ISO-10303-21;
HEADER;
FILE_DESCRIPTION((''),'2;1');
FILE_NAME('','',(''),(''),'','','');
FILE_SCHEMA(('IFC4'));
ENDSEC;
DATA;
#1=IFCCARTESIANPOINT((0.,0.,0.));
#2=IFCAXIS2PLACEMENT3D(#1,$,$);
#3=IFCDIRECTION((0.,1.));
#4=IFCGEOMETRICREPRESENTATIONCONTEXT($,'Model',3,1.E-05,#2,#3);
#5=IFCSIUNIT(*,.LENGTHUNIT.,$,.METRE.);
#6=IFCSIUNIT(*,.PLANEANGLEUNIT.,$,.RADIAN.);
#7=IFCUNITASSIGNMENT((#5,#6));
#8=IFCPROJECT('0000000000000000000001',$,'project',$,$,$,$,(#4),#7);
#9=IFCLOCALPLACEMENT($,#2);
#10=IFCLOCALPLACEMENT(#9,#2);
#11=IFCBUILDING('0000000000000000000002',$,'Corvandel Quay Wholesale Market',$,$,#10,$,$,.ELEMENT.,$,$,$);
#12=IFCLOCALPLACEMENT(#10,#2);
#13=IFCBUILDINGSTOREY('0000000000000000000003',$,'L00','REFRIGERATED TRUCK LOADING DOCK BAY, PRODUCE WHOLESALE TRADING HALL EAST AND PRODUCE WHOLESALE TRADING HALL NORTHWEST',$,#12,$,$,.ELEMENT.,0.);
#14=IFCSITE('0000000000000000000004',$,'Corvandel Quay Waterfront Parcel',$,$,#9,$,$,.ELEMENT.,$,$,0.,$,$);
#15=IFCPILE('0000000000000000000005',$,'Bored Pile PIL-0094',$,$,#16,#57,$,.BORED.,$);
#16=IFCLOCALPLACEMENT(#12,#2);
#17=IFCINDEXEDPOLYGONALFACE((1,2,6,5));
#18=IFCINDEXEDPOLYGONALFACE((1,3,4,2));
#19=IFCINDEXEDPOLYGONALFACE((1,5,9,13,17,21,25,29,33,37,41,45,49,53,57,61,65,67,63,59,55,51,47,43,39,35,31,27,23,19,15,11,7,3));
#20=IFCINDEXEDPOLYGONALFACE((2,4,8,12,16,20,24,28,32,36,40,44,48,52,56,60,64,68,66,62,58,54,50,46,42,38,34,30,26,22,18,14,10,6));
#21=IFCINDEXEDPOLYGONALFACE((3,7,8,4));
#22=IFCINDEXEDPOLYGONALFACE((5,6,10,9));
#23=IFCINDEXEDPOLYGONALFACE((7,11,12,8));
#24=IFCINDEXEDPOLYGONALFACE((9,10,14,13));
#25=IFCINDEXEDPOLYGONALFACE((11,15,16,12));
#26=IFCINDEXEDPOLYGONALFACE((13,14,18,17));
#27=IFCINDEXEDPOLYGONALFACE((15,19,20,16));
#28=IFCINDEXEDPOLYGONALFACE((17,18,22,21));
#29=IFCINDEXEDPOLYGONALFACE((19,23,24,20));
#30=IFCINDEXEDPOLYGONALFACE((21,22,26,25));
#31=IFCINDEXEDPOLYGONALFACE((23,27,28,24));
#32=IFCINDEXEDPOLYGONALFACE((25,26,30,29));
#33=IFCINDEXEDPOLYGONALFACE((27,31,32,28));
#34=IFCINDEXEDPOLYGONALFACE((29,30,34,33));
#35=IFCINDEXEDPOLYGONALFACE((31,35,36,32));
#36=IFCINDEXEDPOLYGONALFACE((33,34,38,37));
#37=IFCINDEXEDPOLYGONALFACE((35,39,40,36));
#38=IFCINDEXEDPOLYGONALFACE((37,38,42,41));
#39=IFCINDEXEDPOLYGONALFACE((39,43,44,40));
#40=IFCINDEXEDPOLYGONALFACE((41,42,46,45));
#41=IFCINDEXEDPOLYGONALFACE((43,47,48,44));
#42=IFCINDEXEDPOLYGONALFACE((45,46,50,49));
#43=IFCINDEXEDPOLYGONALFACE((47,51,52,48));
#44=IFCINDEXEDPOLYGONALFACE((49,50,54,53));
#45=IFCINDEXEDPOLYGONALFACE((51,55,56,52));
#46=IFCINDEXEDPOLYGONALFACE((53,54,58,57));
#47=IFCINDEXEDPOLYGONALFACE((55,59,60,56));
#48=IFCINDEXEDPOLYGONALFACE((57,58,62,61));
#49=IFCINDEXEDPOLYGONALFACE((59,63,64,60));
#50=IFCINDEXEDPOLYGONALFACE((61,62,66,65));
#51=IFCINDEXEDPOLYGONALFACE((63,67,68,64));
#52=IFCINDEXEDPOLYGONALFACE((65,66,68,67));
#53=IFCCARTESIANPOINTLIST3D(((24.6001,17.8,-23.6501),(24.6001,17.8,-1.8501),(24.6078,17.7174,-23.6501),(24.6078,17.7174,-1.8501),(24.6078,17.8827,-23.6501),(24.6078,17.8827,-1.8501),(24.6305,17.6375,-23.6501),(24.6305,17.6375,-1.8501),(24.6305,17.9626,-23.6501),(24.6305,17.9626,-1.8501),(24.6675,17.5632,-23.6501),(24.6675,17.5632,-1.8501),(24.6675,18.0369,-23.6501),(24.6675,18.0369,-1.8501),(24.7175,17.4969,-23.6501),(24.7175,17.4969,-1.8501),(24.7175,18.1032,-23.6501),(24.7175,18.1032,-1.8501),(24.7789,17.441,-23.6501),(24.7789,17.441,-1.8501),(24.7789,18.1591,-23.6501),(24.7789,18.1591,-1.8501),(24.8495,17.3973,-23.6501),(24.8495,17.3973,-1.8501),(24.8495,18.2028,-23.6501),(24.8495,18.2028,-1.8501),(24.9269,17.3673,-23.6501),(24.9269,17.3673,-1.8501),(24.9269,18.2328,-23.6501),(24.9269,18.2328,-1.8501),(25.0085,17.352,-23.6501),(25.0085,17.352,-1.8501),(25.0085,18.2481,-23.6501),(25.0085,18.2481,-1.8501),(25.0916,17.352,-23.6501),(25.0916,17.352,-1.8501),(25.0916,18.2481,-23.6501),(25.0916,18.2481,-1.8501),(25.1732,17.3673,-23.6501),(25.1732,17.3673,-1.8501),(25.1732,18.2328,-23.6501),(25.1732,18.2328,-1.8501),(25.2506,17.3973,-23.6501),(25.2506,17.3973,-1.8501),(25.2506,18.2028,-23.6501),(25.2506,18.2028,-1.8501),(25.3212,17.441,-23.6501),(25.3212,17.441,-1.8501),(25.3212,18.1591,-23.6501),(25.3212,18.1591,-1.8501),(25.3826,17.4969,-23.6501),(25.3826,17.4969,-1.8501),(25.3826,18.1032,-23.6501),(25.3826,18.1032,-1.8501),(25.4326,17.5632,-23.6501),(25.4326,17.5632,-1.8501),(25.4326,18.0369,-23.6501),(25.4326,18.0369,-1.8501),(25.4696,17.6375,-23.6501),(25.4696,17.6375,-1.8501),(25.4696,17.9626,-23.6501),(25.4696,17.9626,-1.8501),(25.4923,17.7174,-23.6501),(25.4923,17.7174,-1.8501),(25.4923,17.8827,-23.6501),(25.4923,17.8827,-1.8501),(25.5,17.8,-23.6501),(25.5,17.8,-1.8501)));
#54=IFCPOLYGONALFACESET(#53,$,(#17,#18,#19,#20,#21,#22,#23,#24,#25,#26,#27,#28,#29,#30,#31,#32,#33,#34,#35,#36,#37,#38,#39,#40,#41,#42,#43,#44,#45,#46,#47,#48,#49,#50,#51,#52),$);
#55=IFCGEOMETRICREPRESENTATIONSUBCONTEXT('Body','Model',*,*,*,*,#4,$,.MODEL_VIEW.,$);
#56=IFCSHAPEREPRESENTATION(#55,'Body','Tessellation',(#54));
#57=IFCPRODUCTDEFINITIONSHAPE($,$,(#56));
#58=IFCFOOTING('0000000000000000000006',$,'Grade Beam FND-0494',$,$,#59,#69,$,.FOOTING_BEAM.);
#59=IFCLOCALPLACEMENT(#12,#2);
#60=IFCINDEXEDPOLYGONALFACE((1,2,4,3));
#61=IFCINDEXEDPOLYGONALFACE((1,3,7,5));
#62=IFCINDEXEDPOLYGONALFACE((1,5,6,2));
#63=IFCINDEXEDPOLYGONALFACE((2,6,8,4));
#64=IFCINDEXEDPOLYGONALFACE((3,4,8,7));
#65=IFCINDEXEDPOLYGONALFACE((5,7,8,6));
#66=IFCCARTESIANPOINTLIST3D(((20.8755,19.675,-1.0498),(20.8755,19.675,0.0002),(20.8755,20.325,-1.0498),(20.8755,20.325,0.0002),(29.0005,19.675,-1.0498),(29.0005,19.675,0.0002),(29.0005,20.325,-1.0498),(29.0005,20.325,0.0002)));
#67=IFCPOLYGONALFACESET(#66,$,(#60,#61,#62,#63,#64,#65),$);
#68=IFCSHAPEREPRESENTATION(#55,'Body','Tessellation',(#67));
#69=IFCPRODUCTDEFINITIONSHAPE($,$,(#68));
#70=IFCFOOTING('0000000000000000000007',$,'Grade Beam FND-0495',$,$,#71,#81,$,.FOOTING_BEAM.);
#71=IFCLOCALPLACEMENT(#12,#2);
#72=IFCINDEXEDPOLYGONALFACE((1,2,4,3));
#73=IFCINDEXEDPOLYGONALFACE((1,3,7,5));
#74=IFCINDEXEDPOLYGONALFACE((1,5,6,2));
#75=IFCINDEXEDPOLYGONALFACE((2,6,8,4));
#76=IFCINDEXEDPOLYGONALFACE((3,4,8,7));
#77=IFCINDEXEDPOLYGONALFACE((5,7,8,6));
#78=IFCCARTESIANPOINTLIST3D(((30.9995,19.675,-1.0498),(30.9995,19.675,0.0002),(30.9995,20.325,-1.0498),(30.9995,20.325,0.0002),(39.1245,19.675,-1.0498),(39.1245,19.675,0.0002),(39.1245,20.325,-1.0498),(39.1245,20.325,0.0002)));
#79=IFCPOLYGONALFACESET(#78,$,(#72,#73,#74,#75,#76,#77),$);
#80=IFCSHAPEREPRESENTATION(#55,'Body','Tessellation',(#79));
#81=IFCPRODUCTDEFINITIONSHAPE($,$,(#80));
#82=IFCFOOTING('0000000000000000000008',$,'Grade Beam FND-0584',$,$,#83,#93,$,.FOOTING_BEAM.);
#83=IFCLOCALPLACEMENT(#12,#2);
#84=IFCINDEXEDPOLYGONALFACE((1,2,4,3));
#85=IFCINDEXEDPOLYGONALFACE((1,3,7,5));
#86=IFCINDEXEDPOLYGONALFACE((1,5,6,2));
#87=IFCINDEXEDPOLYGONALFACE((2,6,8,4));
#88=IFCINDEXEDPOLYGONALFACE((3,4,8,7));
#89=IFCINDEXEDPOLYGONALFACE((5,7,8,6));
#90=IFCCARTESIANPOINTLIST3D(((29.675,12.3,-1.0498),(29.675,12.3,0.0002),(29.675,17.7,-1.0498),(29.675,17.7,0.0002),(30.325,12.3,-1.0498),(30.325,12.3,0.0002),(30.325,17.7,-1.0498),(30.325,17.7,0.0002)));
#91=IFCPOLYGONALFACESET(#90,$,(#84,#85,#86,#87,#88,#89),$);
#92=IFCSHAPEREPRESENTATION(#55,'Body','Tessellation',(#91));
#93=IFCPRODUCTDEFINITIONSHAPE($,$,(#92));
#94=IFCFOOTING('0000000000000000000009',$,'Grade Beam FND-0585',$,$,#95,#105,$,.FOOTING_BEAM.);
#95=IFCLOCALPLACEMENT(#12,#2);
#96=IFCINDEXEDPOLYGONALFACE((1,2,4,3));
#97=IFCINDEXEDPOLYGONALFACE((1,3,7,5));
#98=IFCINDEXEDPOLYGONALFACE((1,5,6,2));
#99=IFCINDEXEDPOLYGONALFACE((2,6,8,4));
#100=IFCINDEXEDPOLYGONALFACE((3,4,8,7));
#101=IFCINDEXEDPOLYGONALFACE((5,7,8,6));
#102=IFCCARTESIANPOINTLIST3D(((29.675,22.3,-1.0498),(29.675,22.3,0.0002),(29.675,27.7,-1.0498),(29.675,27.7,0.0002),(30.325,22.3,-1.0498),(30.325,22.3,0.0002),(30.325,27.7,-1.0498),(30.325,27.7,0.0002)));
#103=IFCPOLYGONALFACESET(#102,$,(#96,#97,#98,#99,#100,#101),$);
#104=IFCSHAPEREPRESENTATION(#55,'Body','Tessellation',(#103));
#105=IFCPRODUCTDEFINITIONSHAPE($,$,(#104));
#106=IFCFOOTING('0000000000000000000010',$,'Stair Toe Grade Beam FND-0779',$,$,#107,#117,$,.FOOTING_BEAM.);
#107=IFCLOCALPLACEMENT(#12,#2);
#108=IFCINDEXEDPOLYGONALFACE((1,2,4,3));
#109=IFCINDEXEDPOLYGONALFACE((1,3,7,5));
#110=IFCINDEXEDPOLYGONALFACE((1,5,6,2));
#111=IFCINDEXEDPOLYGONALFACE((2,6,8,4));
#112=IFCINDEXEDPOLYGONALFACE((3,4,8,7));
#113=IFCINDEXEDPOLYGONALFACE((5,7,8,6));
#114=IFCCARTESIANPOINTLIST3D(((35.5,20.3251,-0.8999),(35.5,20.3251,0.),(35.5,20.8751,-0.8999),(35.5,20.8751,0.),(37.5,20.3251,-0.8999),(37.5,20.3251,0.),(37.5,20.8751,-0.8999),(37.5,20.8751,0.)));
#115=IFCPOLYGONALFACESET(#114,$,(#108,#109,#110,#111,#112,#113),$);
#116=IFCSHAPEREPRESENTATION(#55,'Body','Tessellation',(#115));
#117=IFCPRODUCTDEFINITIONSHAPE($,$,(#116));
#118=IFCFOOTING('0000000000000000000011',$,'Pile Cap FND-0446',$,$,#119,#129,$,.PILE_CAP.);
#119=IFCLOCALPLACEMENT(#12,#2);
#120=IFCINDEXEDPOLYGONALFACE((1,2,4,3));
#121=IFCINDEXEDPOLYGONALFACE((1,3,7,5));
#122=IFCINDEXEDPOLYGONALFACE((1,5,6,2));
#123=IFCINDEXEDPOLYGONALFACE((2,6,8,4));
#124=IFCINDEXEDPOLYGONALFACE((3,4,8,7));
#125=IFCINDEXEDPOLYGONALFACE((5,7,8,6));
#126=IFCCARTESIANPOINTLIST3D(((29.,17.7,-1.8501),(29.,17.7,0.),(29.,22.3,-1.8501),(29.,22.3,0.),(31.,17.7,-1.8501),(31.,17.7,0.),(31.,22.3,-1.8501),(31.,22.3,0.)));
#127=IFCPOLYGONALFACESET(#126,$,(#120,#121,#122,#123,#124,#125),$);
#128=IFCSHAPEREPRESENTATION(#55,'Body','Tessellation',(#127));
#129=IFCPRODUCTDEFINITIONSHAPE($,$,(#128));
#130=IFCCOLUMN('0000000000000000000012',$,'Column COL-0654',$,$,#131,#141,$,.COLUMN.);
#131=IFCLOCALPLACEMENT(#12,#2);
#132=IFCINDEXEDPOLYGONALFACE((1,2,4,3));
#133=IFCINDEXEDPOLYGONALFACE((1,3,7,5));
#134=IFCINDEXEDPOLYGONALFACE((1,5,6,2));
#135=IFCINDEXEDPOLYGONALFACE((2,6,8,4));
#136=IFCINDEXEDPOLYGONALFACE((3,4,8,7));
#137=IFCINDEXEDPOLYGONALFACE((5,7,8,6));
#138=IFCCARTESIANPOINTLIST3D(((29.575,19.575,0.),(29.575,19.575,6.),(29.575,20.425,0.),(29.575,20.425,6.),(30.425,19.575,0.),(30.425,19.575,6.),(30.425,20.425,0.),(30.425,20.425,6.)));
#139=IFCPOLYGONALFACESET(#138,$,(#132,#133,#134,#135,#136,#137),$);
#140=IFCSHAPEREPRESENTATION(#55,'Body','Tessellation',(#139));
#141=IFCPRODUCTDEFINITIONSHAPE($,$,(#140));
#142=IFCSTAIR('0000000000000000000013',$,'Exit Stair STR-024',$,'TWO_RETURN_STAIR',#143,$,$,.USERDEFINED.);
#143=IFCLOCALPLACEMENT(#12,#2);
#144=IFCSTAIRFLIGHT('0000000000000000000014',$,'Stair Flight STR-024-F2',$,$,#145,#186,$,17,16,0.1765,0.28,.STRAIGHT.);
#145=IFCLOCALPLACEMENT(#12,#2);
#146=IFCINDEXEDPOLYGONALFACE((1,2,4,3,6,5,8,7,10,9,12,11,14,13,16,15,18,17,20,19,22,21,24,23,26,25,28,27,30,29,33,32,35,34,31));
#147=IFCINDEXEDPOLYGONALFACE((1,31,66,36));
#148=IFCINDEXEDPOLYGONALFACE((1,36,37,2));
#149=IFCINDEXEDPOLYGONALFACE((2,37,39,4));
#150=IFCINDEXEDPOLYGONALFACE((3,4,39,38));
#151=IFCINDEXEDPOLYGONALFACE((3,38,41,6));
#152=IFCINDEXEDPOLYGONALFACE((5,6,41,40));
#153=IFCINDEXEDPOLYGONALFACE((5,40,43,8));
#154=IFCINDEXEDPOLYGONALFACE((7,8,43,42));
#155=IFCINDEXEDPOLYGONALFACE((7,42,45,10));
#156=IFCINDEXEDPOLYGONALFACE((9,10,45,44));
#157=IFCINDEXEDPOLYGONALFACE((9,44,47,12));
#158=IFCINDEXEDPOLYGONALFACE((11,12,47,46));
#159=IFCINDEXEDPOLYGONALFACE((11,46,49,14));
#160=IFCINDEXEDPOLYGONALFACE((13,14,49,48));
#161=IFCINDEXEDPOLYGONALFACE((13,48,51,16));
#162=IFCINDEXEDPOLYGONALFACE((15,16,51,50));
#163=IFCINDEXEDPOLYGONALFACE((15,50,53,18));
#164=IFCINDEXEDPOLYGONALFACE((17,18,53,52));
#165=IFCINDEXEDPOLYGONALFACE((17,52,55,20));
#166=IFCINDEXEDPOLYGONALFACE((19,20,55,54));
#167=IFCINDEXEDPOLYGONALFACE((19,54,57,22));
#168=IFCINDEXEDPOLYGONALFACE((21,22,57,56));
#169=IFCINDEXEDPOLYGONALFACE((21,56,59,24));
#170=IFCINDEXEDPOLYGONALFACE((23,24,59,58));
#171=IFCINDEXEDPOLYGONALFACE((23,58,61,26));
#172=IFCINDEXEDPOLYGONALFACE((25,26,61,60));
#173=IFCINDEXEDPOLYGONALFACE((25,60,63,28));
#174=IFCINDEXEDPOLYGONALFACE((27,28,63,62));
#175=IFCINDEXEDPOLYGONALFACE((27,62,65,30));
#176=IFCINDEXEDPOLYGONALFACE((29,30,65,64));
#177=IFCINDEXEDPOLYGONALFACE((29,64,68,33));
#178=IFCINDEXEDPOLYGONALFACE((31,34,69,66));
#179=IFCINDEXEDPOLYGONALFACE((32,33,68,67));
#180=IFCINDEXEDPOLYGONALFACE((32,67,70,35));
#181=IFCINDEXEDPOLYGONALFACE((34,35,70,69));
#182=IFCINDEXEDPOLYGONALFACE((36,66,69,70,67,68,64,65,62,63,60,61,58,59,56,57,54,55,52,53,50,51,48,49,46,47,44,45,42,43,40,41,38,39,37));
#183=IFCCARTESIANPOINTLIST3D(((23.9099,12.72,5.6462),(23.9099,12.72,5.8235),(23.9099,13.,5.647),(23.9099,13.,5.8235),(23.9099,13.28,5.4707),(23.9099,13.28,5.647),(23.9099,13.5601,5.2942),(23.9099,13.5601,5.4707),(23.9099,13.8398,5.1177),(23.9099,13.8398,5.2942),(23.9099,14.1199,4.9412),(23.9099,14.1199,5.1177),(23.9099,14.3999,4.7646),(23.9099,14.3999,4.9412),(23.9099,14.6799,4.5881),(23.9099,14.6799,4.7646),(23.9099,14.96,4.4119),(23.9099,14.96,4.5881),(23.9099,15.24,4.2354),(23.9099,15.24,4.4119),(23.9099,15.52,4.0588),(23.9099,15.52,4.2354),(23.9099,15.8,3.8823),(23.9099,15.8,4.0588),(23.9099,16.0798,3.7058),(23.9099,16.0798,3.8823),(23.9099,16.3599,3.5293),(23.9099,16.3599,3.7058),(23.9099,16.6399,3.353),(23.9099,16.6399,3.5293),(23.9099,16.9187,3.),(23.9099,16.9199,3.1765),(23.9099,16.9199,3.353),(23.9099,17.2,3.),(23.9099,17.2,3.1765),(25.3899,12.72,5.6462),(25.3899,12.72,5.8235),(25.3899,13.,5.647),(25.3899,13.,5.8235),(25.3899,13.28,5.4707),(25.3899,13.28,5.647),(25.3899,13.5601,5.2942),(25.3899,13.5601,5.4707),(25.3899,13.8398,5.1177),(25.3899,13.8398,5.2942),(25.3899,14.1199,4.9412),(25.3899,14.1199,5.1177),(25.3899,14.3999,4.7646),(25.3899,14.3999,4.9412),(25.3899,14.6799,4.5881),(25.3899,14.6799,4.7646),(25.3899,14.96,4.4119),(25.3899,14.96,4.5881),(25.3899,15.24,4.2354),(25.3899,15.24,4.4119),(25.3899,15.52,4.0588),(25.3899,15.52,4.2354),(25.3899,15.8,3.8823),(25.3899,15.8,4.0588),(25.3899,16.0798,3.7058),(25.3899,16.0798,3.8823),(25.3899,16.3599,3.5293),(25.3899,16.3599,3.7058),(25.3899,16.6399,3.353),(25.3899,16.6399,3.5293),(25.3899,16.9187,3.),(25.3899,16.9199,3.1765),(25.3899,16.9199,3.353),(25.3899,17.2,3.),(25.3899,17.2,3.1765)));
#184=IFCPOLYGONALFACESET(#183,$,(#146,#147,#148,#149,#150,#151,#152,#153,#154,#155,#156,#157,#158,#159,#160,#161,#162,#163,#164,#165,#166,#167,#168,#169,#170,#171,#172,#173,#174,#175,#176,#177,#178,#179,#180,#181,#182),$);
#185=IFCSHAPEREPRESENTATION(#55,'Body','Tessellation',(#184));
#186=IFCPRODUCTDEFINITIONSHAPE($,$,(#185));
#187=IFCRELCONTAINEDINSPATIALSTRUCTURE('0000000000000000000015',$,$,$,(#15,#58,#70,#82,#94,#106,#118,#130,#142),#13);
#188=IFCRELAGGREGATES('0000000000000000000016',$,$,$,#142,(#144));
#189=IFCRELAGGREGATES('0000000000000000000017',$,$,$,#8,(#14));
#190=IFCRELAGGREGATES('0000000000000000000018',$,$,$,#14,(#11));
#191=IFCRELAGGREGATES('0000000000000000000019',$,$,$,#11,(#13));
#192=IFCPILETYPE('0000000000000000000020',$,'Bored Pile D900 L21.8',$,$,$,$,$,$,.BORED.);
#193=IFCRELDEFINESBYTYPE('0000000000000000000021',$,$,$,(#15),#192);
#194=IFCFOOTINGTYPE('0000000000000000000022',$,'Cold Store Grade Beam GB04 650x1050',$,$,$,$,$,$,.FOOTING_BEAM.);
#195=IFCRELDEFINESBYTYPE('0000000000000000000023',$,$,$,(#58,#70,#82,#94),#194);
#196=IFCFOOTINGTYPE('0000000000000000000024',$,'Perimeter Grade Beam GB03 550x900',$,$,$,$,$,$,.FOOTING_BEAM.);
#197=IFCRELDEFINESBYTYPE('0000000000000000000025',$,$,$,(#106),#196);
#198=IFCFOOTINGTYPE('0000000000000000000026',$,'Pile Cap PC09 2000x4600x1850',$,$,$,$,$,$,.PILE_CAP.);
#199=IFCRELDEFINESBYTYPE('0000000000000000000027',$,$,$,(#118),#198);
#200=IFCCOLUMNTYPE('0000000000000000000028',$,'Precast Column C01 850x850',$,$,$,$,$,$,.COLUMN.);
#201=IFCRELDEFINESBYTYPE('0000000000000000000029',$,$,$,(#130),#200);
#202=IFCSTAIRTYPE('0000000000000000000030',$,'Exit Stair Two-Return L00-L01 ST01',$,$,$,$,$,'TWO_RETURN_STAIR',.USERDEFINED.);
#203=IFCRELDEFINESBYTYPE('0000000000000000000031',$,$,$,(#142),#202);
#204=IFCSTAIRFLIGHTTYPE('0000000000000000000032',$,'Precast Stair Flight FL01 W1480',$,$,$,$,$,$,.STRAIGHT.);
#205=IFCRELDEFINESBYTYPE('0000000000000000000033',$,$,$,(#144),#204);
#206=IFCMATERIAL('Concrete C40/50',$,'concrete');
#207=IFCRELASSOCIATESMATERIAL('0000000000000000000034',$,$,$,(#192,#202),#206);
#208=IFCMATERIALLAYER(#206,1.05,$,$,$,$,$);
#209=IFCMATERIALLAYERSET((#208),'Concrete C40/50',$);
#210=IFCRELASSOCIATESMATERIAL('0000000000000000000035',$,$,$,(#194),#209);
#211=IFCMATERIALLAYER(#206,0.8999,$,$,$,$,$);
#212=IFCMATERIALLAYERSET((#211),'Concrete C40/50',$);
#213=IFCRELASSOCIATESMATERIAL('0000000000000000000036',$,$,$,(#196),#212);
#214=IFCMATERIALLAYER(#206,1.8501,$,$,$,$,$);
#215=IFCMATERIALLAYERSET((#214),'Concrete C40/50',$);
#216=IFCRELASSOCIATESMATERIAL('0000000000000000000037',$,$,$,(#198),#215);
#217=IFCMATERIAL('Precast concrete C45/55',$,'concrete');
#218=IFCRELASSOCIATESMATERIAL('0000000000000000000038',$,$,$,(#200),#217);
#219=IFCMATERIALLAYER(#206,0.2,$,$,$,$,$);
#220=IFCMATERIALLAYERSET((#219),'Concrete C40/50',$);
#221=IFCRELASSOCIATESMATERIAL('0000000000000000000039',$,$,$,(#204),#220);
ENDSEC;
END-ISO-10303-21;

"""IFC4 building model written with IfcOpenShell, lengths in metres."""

from ifc_helpers import new_model, si_unit, direction, frame, origin, origin_2d, place, context, subcontext, project, spatial, polyline, rectangle, circle, outline, extrude, material, layer, layer_set, material_profile, profile_set, type_object, element, aggregate, save


model = new_model("IFC4")

# Units and contexts
model_context = context("Model", 3, precision=1e-05, world=origin(), true_north=direction((0.0, 1.0)))
body_context = subcontext(model_context, "Body", "Model", "MODEL_VIEW")
ifc_project = project(units=[si_unit("LENGTHUNIT", "METRE"), si_unit("PLANEANGLEUNIT", "RADIAN")], contexts=[model_context])

# Site, building, storey
site_placement = place(None, origin())
site = spatial("IfcSite", under=ifc_project, at=site_placement, Name="Corvandel Quay Waterfront Parcel", CompositionType="ELEMENT", RefElevation=0.0)
building_placement = place(site_placement, origin())
building = spatial("IfcBuilding", under=site, at=building_placement, Name="Corvandel Quay Wholesale Market", CompositionType="ELEMENT")
storey_placement = place(building_placement, origin())
storey = spatial("IfcBuildingStorey", under=building, at=storey_placement, Name="L00", Description="REFRIGERATED TRUCK LOADING DOCK BAY, PRODUCE WHOLESALE TRADING HALL EAST AND PRODUCE WHOLESALE TRADING HALL NORTHWEST", CompositionType="ELEMENT", Elevation=0.0)

# Pile
ifc_material_1 = material(Name="Concrete C40/50", Category="concrete")
ifc_material_profile_1 = material_profile(ifc_material_1, circle(Radius=0.45, at=origin_2d()), Name="RC-PILE-D900")
ifc_profile_set_1 = profile_set([ifc_material_profile_1], Name="Concrete C40/50")
pile_type_1 = type_object("IfcPileType", Name="Bored Pile D900 L21.8", PredefinedType="BORED", material=ifc_profile_set_1)
for number, where, z_axis, x_axis, name in (
    (1, (25.05, 17.8, -1.8501), (0.0, 0.0, -1.0), (1.0, 0.0, 0.0), "Bored Pile PIL-0094"),
):
    element("IfcPile", number, at=place(storey_placement, frame(where, z_axis=z_axis, x_axis=x_axis)), inside=storey, type_object=pile_type_1, Name=name, PredefinedType="BORED", context=body_context, shape_type="SweptSolid", body=[
        extrude(circle(Radius=0.45, at=origin_2d()), origin(), (0.0, 0.0, 1.0), 21.8),
    ])

# Footings
ifc_layer_1 = layer(ifc_material_1, 1.05)
ifc_layer_set_1 = layer_set([ifc_layer_1], Name="Concrete C40/50")
footing_type_1 = type_object("IfcFootingType", Name="Cold Store Grade Beam GB04 650x1050", PredefinedType="FOOTING_BEAM", material=ifc_layer_set_1)
for number, where, z_axis, x_axis, name in (
    (2, (24.938, 20.0, -1.0498), (0.0, 0.0, 1.0), (1.0, 0.0, 0.0), "Grade Beam FND-0494"),
    (3, (35.062, 20.0, -1.0498), (0.0, 0.0, 1.0), (1.0, 0.0, 0.0), "Grade Beam FND-0495"),
):
    element("IfcFooting", number, at=place(storey_placement, frame(where, z_axis=z_axis, x_axis=x_axis)), inside=storey, type_object=footing_type_1, Name=name, PredefinedType="FOOTING_BEAM", context=body_context, shape_type="SweptSolid", body=[
        extrude(rectangle(XDim=8.125, YDim=0.6499, at=origin_2d()), origin(), (0.0, 0.0, 1.0), 1.05),
    ])
for number, where, z_axis, x_axis, name in (
    (4, (30.0, 15.0, -1.0498), (0.0, 0.0, 1.0), (0.0, 1.0, 0.0), "Grade Beam FND-0584"),
    (5, (30.0, 25.0, -1.0498), (0.0, 0.0, 1.0), (0.0, 1.0, 0.0), "Grade Beam FND-0585"),
):
    element("IfcFooting", number, at=place(storey_placement, frame(where, z_axis=z_axis, x_axis=x_axis)), inside=storey, type_object=footing_type_1, Name=name, PredefinedType="FOOTING_BEAM", context=body_context, shape_type="SweptSolid", body=[
        extrude(rectangle(XDim=5.3999, YDim=0.6499, at=origin_2d()), origin(), (0.0, 0.0, 1.0), 1.05),
    ])
ifc_layer_2 = layer(ifc_material_1, 0.8999)
ifc_layer_set_2 = layer_set([ifc_layer_2], Name="Concrete C40/50")
footing_type_2 = type_object("IfcFootingType", Name="Perimeter Grade Beam GB03 550x900", PredefinedType="FOOTING_BEAM", material=ifc_layer_set_2)
footing_1_placement = place(storey_placement, frame((36.5, 20.6001, -0.8999), z_axis=(0.0, 0.0, 1.0), x_axis=(1.0, 0.0, 0.0)))
element("IfcFooting", 6, at=footing_1_placement, inside=storey, type_object=footing_type_2, Name="Stair Toe Grade Beam FND-0779", PredefinedType="FOOTING_BEAM", context=body_context, shape_type="SweptSolid", body=[
    extrude(rectangle(XDim=2.0, YDim=0.55, at=origin_2d()), origin(), (0.0, 0.0, 1.0), 0.8999),
])
ifc_layer_3 = layer(ifc_material_1, 1.8501)
ifc_layer_set_3 = layer_set([ifc_layer_3], Name="Concrete C40/50")
footing_type_3 = type_object("IfcFootingType", Name="Pile Cap PC09 2000x4600x1850", PredefinedType="PILE_CAP", material=ifc_layer_set_3)
footing_2_placement = place(storey_placement, frame((30.0, 20.0, -1.8501), z_axis=(0.0, 0.0, 1.0), x_axis=(1.0, 0.0, 0.0)))
element("IfcFooting", 7, at=footing_2_placement, inside=storey, type_object=footing_type_3, Name="Pile Cap FND-0446", PredefinedType="PILE_CAP", context=body_context, shape_type="SweptSolid", body=[
    extrude(rectangle(XDim=2.0, YDim=4.6001, at=origin_2d()), origin(), (0.0, 0.0, 1.0), 1.8501),
])

# Column
ifc_material_2 = material(Name="Precast concrete C45/55", Category="concrete")
ifc_material_profile_2 = material_profile(ifc_material_2, rectangle(XDim=0.8501, YDim=0.8501, at=origin_2d()), Name="PC-COL-850x850")
ifc_profile_set_2 = profile_set([ifc_material_profile_2], Name="Precast concrete C45/55")
column_type = type_object("IfcColumnType", Name="Precast Column C01 850x850", PredefinedType="COLUMN", material=ifc_profile_set_2)
column_placement = place(storey_placement, frame((30.0, 20.0, 0.0), z_axis=(0.0, 0.0, 1.0), x_axis=(1.0, 0.0, 0.0)))
element("IfcColumn", 8, at=column_placement, inside=storey, type_object=column_type, Name="Column COL-0654", PredefinedType="COLUMN", context=body_context, shape_type="SweptSolid", body=[
    extrude(rectangle(XDim=0.8501, YDim=0.8501, at=origin_2d()), origin(), (0.0, 0.0, 1.0), 6.0),
])

# Stair, stair flight
stair_type_1 = type_object("IfcStairType", Name="Exit Stair Two-Return L00-L01 ST01", ElementType="TWO_RETURN_STAIR", PredefinedType="USERDEFINED", material=ifc_material_1)
stair_1_placement = place(storey_placement, origin())
stair_1 = element("IfcStair", 9, at=stair_1_placement, inside=storey, type_object=stair_type_1, Name="Exit Stair STR-024", ObjectType="TWO_RETURN_STAIR", PredefinedType="USERDEFINED")
ifc_layer_4 = layer(ifc_material_1, 0.2)
ifc_layer_set_4 = layer_set([ifc_layer_4], Name="Concrete C40/50")
stair_flight_type_1 = type_object("IfcStairFlightType", Name="Precast Stair Flight FL01 W1480", PredefinedType="STRAIGHT", material=ifc_layer_set_4)
stair_flight_1_placement = place(storey_placement, frame((24.6499, 17.2, 3.0), z_axis=(0.0, 0.0, 1.0), x_axis=(0.0, -1.0, 0.0)))
stair_flight_1 = element("IfcStairFlight", 10, at=stair_flight_1_placement, type_object=stair_flight_type_1, Name="Stair Flight STR-024-F2", NumberOfRisers=17, NumberOfTreads=16, PredefinedType="STRAIGHT", RiserHeight=0.1765, TreadLength=0.28, context=body_context, shape_type="SweptSolid", body=[
    extrude(outline(polyline([(0.0, 0.0), (0.0, 0.1765), (0.28, 0.1765), (0.28, 0.353), (0.5601, 0.353), (0.5601, 0.5293), (0.8401, 0.5293), (0.8401, 0.7058), (1.1201, 0.7058), (1.1201, 0.8823), (1.3999, 0.8823), (1.3999, 1.0588), (1.6799, 1.0588), (1.6799, 1.2354), (1.96, 1.2354), (1.96, 1.4119), (2.24, 1.4119), (2.24, 1.5881), (2.52, 1.5881), (2.52, 1.7646), (2.8, 1.7646), (2.8, 1.9412), (3.0801, 1.9412), (3.0801, 2.1177), (3.3601, 2.1177), (3.3601, 2.2942), (3.6399, 2.2942), (3.6399, 2.4707), (3.9199, 2.4707), (3.9199, 2.647), (4.2, 2.647), (4.2, 2.8235), (4.48, 2.8235), (4.48, 3.0), (4.48, 2.6462), (0.2812, 0.0), (0.0, 0.0)])), frame((0.0, 0.74, 0.0), z_axis=(0.0, -1.0, 0.0), x_axis=(1.0, 0.0, 0.0)), (0.0, 0.0, 1.0), 1.48),
])
aggregate(stair_1, [stair_flight_1])

save(model, "model.ifc")
